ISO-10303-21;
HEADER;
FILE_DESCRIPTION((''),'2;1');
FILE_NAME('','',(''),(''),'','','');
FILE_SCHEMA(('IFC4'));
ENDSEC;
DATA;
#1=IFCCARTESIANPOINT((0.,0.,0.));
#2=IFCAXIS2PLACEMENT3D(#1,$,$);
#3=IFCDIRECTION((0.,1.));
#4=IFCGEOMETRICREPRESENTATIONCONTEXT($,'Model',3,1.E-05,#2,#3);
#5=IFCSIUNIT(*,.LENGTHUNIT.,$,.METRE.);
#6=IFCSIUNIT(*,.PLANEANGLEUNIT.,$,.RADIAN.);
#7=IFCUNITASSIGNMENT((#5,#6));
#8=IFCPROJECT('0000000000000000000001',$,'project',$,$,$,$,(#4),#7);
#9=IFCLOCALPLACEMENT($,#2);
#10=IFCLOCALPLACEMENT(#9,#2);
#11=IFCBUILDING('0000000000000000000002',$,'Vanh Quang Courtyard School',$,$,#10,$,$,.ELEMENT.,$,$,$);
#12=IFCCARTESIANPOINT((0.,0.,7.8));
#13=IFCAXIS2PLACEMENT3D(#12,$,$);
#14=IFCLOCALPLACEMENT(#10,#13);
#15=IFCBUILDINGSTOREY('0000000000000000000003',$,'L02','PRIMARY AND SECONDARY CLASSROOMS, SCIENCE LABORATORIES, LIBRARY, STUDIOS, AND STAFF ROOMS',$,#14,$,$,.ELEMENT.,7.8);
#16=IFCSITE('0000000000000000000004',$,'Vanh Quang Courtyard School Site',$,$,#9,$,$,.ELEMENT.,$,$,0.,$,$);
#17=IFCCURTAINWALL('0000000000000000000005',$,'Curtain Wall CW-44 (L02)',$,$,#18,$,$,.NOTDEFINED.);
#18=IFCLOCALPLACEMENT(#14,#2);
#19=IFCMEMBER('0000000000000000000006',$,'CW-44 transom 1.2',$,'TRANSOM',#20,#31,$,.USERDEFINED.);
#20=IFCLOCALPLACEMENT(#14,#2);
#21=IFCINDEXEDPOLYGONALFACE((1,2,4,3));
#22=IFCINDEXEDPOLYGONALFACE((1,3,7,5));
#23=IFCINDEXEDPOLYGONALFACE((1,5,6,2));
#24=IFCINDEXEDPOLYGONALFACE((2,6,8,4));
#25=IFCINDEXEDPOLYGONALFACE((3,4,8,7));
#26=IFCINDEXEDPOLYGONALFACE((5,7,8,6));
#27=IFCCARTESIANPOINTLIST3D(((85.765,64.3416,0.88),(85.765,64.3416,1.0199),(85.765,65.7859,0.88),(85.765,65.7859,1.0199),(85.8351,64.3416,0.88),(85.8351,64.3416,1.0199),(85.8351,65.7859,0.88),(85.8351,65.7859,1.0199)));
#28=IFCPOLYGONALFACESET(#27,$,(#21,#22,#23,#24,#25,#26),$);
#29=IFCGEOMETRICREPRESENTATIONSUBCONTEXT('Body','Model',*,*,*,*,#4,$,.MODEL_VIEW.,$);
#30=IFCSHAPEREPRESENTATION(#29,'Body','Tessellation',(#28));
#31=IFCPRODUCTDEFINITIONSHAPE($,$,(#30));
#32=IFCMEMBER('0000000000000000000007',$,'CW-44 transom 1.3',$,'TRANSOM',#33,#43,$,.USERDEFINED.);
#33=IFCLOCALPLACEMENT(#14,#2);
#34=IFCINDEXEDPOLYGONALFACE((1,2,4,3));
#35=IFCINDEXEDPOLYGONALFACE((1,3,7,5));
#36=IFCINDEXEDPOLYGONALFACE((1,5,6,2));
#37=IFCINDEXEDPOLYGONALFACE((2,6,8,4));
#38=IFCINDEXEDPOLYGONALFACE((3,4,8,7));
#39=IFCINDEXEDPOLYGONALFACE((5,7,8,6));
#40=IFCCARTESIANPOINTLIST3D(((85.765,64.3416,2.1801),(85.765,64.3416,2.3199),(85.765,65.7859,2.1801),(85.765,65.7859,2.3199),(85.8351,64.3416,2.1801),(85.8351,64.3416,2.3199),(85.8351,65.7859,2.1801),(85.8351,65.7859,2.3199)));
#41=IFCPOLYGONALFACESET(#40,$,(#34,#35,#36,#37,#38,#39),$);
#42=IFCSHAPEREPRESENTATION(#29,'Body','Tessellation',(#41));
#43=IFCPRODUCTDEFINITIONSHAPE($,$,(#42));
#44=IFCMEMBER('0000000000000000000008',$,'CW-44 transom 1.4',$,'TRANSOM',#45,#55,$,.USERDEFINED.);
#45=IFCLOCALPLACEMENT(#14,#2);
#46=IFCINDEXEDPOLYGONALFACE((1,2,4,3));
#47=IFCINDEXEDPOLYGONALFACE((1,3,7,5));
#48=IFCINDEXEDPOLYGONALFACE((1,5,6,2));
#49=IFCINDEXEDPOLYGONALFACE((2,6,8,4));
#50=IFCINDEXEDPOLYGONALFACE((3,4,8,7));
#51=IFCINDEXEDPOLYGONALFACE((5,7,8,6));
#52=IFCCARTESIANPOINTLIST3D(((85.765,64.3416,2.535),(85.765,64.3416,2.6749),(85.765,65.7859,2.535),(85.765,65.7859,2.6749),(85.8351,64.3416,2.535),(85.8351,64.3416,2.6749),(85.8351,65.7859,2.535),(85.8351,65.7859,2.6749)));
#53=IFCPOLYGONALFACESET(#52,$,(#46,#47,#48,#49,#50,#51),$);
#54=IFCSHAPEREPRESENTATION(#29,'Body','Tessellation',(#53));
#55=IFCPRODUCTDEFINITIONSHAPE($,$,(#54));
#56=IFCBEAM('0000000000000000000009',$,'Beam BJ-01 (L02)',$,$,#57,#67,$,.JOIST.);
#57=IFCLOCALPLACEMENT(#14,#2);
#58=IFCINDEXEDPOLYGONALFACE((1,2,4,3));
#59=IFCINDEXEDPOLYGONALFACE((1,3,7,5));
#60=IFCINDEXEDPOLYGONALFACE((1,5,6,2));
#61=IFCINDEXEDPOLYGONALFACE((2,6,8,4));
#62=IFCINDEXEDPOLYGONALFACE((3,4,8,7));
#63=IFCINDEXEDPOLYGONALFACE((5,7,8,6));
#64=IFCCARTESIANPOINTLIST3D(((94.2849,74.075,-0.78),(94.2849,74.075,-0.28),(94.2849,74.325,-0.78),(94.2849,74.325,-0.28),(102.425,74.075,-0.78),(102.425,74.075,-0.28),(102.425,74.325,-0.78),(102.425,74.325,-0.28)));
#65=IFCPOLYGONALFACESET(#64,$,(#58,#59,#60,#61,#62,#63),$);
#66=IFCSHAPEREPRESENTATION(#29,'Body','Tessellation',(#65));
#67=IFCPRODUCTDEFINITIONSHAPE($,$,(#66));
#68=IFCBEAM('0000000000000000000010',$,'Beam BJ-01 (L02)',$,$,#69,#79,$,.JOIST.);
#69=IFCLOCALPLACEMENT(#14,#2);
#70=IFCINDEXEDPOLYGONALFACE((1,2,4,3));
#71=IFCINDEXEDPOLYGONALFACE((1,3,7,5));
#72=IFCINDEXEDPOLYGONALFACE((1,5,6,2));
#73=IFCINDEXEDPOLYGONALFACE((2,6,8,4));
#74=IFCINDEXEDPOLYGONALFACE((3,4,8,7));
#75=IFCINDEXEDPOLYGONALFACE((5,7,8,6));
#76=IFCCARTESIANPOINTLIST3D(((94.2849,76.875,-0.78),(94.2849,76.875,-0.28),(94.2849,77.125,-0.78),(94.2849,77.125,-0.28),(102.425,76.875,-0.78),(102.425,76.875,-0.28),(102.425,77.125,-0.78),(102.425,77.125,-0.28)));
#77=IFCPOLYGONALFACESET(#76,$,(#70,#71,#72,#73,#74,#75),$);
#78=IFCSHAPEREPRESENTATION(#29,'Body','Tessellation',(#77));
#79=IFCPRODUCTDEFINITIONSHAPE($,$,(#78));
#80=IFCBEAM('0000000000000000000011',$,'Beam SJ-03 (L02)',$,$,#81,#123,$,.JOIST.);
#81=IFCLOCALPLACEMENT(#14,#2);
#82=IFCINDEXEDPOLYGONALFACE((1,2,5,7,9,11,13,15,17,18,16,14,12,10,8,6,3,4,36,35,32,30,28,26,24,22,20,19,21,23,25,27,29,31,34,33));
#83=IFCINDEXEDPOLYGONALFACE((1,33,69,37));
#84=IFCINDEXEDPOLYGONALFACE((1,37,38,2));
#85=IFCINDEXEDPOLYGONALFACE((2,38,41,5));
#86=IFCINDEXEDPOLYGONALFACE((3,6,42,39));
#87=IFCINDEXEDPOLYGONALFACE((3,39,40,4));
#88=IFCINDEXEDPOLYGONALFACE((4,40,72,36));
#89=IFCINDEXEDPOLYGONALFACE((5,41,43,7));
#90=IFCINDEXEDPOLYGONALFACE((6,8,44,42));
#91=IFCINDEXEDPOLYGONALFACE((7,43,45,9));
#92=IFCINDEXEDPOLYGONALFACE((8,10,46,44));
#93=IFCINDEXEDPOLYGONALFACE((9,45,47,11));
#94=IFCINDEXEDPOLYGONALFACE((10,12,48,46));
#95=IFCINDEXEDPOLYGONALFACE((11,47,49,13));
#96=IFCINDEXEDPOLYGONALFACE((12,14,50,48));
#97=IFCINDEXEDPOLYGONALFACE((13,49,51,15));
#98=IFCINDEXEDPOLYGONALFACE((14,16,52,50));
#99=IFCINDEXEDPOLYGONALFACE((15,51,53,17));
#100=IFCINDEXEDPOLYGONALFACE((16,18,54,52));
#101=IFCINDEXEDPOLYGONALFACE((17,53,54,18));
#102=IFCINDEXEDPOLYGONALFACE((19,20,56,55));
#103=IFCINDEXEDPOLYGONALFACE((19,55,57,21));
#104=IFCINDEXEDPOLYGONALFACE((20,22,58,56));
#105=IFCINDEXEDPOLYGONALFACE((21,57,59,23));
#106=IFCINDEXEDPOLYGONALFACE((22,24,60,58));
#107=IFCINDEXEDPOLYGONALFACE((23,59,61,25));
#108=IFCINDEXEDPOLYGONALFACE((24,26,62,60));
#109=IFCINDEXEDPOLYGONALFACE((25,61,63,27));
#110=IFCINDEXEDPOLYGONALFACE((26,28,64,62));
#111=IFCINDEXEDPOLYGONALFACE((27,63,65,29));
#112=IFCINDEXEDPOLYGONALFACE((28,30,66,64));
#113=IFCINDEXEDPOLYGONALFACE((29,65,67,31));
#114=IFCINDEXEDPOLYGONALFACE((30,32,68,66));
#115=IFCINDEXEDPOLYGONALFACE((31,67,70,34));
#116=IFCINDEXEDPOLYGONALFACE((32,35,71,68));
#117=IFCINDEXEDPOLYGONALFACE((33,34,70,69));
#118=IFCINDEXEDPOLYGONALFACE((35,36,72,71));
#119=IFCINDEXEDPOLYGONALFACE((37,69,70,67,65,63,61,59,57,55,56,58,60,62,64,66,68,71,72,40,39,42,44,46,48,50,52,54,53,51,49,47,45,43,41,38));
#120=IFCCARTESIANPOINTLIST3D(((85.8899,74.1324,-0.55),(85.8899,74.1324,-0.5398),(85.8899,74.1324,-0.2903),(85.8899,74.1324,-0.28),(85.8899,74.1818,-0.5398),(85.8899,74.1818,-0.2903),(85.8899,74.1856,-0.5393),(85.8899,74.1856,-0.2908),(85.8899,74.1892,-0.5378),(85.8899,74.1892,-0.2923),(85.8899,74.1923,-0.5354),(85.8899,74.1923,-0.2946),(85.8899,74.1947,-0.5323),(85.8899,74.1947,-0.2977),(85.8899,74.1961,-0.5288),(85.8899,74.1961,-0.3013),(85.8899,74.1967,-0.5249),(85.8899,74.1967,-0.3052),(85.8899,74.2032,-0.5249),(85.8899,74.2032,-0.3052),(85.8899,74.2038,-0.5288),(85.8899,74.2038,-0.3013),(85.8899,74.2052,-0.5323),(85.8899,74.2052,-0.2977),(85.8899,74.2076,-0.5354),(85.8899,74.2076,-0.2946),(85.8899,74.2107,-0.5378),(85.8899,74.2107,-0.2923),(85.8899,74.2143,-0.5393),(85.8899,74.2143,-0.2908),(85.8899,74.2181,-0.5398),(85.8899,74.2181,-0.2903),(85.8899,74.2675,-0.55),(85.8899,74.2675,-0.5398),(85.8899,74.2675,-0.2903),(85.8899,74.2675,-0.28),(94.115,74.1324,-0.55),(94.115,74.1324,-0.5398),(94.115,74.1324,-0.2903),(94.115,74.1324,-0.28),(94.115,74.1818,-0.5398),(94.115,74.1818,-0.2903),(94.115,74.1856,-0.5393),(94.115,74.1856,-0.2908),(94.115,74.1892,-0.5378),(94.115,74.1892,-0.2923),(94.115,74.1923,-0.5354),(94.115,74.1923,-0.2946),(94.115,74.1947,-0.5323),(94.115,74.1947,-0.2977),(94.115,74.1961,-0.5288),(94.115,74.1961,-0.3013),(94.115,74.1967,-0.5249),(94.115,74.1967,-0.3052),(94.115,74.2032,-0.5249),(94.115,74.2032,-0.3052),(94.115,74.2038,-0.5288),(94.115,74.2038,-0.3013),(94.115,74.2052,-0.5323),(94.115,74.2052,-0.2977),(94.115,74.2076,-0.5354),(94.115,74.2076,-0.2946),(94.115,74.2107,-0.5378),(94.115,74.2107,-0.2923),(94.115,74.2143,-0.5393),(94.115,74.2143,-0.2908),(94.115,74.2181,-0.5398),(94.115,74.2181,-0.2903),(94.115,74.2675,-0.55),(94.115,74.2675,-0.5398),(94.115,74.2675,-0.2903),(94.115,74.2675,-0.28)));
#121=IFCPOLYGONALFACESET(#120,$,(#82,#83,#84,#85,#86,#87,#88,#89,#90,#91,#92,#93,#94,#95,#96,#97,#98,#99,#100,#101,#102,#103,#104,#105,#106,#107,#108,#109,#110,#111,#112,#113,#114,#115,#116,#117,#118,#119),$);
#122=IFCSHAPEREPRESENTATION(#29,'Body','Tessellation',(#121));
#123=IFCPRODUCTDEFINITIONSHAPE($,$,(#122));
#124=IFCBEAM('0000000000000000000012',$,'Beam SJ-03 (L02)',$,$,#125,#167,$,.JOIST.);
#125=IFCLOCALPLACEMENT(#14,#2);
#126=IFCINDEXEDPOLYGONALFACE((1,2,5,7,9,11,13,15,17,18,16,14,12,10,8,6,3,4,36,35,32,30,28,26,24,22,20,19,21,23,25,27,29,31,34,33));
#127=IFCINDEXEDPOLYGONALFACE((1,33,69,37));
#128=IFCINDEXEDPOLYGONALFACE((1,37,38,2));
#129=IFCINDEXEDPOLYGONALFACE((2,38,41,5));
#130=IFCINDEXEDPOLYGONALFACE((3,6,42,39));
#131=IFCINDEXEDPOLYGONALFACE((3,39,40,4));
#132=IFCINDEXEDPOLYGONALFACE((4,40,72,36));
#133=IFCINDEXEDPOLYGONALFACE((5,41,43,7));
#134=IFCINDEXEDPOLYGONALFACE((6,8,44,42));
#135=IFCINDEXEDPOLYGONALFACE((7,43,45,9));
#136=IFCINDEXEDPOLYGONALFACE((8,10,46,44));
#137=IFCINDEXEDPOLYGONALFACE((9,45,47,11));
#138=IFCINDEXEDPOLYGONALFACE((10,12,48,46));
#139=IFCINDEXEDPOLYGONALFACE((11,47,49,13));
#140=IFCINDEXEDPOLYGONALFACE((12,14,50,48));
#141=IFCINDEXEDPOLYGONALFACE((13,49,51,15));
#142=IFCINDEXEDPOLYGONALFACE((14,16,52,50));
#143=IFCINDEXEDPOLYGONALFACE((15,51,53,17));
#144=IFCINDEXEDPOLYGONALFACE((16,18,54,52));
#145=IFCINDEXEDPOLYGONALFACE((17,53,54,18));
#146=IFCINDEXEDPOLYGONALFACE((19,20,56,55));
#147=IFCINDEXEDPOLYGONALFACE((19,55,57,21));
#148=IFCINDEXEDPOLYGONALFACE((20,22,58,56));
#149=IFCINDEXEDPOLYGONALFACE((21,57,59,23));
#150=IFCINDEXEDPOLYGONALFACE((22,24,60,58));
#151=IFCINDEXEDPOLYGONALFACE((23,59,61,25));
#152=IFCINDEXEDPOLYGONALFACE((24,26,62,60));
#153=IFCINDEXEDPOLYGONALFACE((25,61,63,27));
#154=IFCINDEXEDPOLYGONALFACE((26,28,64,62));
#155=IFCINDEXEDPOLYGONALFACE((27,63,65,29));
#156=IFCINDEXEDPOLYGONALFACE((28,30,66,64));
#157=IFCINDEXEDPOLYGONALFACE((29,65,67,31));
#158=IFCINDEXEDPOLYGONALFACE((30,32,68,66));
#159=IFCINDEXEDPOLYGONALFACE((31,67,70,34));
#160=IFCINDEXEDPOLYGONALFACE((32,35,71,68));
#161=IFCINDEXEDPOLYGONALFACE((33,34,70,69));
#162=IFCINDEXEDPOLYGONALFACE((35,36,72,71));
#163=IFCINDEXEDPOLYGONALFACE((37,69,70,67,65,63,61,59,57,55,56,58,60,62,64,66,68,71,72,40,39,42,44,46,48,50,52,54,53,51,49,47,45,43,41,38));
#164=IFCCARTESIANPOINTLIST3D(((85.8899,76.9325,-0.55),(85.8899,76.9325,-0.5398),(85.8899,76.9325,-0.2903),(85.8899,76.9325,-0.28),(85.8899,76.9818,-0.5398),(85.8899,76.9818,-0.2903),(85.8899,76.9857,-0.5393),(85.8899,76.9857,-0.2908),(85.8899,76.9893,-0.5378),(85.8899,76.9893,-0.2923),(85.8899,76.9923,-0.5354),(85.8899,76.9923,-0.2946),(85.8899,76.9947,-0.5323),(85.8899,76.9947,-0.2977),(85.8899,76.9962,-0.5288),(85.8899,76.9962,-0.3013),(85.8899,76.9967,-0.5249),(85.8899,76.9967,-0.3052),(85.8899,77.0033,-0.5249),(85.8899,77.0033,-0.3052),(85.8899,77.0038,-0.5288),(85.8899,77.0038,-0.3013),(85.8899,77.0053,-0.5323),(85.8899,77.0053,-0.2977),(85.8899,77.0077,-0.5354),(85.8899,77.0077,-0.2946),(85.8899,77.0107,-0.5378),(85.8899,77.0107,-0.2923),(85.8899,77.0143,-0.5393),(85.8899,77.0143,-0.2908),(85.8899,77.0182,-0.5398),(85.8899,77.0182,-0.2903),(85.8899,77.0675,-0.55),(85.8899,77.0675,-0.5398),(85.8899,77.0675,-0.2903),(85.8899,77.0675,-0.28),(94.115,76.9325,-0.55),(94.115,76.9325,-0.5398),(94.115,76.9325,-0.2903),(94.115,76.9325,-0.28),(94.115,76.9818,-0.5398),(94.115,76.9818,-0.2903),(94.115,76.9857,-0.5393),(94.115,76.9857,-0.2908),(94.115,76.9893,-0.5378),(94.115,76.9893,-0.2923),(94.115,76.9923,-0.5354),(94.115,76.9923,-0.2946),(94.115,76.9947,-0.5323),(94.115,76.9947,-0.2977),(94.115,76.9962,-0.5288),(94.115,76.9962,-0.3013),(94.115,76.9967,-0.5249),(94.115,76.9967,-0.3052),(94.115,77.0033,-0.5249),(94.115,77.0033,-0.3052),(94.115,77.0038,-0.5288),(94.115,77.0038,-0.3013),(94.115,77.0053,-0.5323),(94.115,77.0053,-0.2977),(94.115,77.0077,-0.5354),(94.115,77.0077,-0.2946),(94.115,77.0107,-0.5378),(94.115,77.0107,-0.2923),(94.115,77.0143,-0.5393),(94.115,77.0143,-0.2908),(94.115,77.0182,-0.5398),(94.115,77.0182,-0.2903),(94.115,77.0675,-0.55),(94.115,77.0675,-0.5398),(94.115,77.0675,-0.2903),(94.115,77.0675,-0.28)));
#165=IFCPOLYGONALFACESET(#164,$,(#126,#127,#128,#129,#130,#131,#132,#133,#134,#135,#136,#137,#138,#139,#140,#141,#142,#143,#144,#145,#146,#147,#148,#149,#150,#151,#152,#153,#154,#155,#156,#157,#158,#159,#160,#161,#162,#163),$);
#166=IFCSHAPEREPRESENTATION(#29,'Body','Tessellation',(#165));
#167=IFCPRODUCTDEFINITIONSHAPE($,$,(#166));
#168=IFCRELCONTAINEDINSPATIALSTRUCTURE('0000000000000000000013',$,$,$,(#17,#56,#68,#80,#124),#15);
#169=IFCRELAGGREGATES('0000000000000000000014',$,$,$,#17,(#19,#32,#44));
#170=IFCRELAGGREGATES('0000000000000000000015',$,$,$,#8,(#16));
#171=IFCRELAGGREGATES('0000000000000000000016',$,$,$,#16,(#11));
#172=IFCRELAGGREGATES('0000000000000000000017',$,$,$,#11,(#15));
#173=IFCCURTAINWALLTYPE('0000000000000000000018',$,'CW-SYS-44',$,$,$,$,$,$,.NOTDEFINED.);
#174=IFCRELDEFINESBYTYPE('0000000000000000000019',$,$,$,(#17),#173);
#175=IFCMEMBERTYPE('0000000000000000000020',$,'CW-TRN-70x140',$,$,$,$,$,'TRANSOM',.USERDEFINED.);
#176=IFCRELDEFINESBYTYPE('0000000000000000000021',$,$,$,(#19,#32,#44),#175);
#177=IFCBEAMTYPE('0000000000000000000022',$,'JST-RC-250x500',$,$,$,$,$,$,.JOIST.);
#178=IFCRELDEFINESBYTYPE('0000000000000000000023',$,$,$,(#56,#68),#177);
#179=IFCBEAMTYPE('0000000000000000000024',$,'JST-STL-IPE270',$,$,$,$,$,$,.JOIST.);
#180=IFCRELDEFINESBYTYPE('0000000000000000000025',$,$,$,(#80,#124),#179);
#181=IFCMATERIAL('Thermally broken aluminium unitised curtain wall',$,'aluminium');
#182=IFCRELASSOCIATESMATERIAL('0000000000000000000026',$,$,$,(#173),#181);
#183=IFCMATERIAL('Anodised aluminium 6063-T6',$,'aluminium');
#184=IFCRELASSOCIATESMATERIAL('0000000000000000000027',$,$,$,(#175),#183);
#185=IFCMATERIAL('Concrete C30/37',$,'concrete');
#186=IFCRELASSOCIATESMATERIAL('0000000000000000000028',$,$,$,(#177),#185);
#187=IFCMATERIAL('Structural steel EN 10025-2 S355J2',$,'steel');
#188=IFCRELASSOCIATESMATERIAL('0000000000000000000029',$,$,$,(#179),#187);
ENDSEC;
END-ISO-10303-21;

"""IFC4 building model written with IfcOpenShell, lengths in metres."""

from ifc_helpers import new_model, si_unit, direction, frame, origin, origin_2d, place, context, subcontext, project, spatial, rectangle, i_section, extrude, material, material_profile, profile_set, type_object, element, aggregate, save


model = new_model("IFC4")

# Units and contexts
model_context = context("Model", 3, precision=1e-05, world=origin(), true_north=direction((0.0, 1.0)))
body_context = subcontext(model_context, "Body", "Model", "MODEL_VIEW")
ifc_project = project(units=[si_unit("LENGTHUNIT", "METRE"), si_unit("PLANEANGLEUNIT", "RADIAN")], contexts=[model_context])

# Site, building, storey
site_placement = place(None, origin())
site = spatial("IfcSite", under=ifc_project, at=site_placement, Name="Vanh Quang Courtyard School Site", CompositionType="ELEMENT", RefElevation=0.0)
building_placement = place(site_placement, origin())
building = spatial("IfcBuilding", under=site, at=building_placement, Name="Vanh Quang Courtyard School", CompositionType="ELEMENT")
storey_placement = place(building_placement, frame((0.0, 0.0, 7.8)))
storey = spatial("IfcBuildingStorey", under=building, at=storey_placement, Name="L02", Description="PRIMARY AND SECONDARY CLASSROOMS, SCIENCE LABORATORIES, LIBRARY, STUDIOS, AND STAFF ROOMS", CompositionType="ELEMENT", Elevation=7.8)

# Shared definitions
ifc_material_1 = material(Name="Structural steel EN 10025-2 S355J2", Category="steel")

# Curtain wall, members
ifc_material_2 = material(Name="Thermally broken aluminium unitised curtain wall", Category="aluminium")
curtain_wall_type = type_object("IfcCurtainWallType", Name="CW-SYS-44", PredefinedType="NOTDEFINED", material=ifc_material_2)
curtain_wall_placement = place(storey_placement, origin())
curtain_wall = element("IfcCurtainWall", 1, at=curtain_wall_placement, inside=storey, type_object=curtain_wall_type, Name="Curtain Wall CW-44 (L02)", PredefinedType="NOTDEFINED")
ifc_material_3 = material(Name="Anodised aluminium 6063-T6", Category="aluminium")
ifc_material_profile_1 = material_profile(ifc_material_3, rectangle(XDim=0.0701, YDim=0.1399, at=origin_2d()), Name="ALU-TRN 70x140")
ifc_profile_set_1 = profile_set([ifc_material_profile_1], Name="Anodised aluminium 6063-T6")
member_type_1 = type_object("IfcMemberType", Name="CW-TRN-70x140", ElementType="TRANSOM", PredefinedType="USERDEFINED", material=ifc_profile_set_1)
member_1_placement = place(storey_placement, frame((85.8, 65.7859, 0.95), z_axis=(0.0, -1.0, 0.0), x_axis=(1.0, 0.0, 0.0)))
member_1 = element("IfcMember", 2, at=member_1_placement, type_object=member_type_1, Name="CW-44 transom 1.2", ObjectType="TRANSOM", PredefinedType="USERDEFINED", context=body_context, shape_type="SweptSolid", body=[
    extrude(rectangle(XDim=0.0701, YDim=0.1399, at=origin_2d()), origin(), (0.0, 0.0, 1.0), 1.4443),
])
member_2_placement = place(storey_placement, frame((85.8, 65.7859, 2.25), z_axis=(0.0, -1.0, 0.0), x_axis=(1.0, 0.0, 0.0)))
member_2 = element("IfcMember", 3, at=member_2_placement, type_object=member_type_1, Name="CW-44 transom 1.3", ObjectType="TRANSOM", PredefinedType="USERDEFINED", context=body_context, shape_type="SweptSolid", body=[
    extrude(rectangle(XDim=0.0701, YDim=0.1399, at=origin_2d()), origin(), (0.0, 0.0, 1.0), 1.4443),
])
member_3_placement = place(storey_placement, frame((85.8, 65.7859, 2.605), z_axis=(0.0, -1.0, 0.0), x_axis=(1.0, 0.0, 0.0)))
member_3 = element("IfcMember", 4, at=member_3_placement, type_object=member_type_1, Name="CW-44 transom 1.4", ObjectType="TRANSOM", PredefinedType="USERDEFINED", context=body_context, shape_type="SweptSolid", body=[
    extrude(rectangle(XDim=0.0701, YDim=0.1399, at=origin_2d()), origin(), (0.0, 0.0, 1.0), 1.4443),
])
aggregate(curtain_wall, [member_1, member_2, member_3])

# Beams
ifc_material_4 = material(Name="Concrete C30/37", Category="concrete")
ifc_material_profile_2 = material_profile(ifc_material_4, rectangle(XDim=0.25, YDim=0.5, at=origin_2d()), Name="RC-JST 250x500")
ifc_profile_set_2 = profile_set([ifc_material_profile_2], Name="Concrete C30/37")
beam_type_1 = type_object("IfcBeamType", Name="JST-RC-250x500", PredefinedType="JOIST", material=ifc_profile_set_2)
for number, where, z_axis, x_axis, name in (
    (5, (94.2849, 74.2, -0.53), (1.0, 0.0, 0.0), (0.0, 1.0, 0.0), "Beam BJ-01 (L02)"),
    (6, (94.2849, 77.0, -0.53), (1.0, 0.0, 0.0), (0.0, 1.0, 0.0), "Beam BJ-01 (L02)"),
):
    element("IfcBeam", number, at=place(storey_placement, frame(where, z_axis=z_axis, x_axis=x_axis)), inside=storey, type_object=beam_type_1, Name=name, PredefinedType="JOIST", context=body_context, shape_type="SweptSolid", body=[
        extrude(rectangle(XDim=0.25, YDim=0.5, at=origin_2d()), origin(), (0.0, 0.0, 1.0), 8.1401),
    ])
ifc_material_profile_3 = material_profile(ifc_material_1, i_section(OverallWidth=0.135, OverallDepth=0.27, WebThickness=0.0066, FlangeThickness=0.0103, FilletRadius=0.0149, at=origin_2d()), Name="IPE 270")
ifc_profile_set_3 = profile_set([ifc_material_profile_3], Name="Structural steel EN 10025-2 S355J2")
beam_type_2 = type_object("IfcBeamType", Name="JST-STL-IPE270", PredefinedType="JOIST", material=ifc_profile_set_3)
for number, where, z_axis, x_axis, name in (
    (7, (85.8899, 74.2, -0.415), (1.0, 0.0, 0.0), (0.0, 1.0, 0.0), "Beam SJ-03 (L02)"),
    (8, (85.8899, 77.0, -0.415), (1.0, 0.0, 0.0), (0.0, 1.0, 0.0), "Beam SJ-03 (L02)"),
):
    element("IfcBeam", number, at=place(storey_placement, frame(where, z_axis=z_axis, x_axis=x_axis)), inside=storey, type_object=beam_type_2, Name=name, PredefinedType="JOIST", context=body_context, shape_type="SweptSolid", body=[
        extrude(i_section(OverallWidth=0.135, OverallDepth=0.27, WebThickness=0.0066, FlangeThickness=0.0103, FilletRadius=0.0149, at=origin_2d()), origin(), (0.0, 0.0, 1.0), 8.2251),
    ])

save(model, "model.ifc")
